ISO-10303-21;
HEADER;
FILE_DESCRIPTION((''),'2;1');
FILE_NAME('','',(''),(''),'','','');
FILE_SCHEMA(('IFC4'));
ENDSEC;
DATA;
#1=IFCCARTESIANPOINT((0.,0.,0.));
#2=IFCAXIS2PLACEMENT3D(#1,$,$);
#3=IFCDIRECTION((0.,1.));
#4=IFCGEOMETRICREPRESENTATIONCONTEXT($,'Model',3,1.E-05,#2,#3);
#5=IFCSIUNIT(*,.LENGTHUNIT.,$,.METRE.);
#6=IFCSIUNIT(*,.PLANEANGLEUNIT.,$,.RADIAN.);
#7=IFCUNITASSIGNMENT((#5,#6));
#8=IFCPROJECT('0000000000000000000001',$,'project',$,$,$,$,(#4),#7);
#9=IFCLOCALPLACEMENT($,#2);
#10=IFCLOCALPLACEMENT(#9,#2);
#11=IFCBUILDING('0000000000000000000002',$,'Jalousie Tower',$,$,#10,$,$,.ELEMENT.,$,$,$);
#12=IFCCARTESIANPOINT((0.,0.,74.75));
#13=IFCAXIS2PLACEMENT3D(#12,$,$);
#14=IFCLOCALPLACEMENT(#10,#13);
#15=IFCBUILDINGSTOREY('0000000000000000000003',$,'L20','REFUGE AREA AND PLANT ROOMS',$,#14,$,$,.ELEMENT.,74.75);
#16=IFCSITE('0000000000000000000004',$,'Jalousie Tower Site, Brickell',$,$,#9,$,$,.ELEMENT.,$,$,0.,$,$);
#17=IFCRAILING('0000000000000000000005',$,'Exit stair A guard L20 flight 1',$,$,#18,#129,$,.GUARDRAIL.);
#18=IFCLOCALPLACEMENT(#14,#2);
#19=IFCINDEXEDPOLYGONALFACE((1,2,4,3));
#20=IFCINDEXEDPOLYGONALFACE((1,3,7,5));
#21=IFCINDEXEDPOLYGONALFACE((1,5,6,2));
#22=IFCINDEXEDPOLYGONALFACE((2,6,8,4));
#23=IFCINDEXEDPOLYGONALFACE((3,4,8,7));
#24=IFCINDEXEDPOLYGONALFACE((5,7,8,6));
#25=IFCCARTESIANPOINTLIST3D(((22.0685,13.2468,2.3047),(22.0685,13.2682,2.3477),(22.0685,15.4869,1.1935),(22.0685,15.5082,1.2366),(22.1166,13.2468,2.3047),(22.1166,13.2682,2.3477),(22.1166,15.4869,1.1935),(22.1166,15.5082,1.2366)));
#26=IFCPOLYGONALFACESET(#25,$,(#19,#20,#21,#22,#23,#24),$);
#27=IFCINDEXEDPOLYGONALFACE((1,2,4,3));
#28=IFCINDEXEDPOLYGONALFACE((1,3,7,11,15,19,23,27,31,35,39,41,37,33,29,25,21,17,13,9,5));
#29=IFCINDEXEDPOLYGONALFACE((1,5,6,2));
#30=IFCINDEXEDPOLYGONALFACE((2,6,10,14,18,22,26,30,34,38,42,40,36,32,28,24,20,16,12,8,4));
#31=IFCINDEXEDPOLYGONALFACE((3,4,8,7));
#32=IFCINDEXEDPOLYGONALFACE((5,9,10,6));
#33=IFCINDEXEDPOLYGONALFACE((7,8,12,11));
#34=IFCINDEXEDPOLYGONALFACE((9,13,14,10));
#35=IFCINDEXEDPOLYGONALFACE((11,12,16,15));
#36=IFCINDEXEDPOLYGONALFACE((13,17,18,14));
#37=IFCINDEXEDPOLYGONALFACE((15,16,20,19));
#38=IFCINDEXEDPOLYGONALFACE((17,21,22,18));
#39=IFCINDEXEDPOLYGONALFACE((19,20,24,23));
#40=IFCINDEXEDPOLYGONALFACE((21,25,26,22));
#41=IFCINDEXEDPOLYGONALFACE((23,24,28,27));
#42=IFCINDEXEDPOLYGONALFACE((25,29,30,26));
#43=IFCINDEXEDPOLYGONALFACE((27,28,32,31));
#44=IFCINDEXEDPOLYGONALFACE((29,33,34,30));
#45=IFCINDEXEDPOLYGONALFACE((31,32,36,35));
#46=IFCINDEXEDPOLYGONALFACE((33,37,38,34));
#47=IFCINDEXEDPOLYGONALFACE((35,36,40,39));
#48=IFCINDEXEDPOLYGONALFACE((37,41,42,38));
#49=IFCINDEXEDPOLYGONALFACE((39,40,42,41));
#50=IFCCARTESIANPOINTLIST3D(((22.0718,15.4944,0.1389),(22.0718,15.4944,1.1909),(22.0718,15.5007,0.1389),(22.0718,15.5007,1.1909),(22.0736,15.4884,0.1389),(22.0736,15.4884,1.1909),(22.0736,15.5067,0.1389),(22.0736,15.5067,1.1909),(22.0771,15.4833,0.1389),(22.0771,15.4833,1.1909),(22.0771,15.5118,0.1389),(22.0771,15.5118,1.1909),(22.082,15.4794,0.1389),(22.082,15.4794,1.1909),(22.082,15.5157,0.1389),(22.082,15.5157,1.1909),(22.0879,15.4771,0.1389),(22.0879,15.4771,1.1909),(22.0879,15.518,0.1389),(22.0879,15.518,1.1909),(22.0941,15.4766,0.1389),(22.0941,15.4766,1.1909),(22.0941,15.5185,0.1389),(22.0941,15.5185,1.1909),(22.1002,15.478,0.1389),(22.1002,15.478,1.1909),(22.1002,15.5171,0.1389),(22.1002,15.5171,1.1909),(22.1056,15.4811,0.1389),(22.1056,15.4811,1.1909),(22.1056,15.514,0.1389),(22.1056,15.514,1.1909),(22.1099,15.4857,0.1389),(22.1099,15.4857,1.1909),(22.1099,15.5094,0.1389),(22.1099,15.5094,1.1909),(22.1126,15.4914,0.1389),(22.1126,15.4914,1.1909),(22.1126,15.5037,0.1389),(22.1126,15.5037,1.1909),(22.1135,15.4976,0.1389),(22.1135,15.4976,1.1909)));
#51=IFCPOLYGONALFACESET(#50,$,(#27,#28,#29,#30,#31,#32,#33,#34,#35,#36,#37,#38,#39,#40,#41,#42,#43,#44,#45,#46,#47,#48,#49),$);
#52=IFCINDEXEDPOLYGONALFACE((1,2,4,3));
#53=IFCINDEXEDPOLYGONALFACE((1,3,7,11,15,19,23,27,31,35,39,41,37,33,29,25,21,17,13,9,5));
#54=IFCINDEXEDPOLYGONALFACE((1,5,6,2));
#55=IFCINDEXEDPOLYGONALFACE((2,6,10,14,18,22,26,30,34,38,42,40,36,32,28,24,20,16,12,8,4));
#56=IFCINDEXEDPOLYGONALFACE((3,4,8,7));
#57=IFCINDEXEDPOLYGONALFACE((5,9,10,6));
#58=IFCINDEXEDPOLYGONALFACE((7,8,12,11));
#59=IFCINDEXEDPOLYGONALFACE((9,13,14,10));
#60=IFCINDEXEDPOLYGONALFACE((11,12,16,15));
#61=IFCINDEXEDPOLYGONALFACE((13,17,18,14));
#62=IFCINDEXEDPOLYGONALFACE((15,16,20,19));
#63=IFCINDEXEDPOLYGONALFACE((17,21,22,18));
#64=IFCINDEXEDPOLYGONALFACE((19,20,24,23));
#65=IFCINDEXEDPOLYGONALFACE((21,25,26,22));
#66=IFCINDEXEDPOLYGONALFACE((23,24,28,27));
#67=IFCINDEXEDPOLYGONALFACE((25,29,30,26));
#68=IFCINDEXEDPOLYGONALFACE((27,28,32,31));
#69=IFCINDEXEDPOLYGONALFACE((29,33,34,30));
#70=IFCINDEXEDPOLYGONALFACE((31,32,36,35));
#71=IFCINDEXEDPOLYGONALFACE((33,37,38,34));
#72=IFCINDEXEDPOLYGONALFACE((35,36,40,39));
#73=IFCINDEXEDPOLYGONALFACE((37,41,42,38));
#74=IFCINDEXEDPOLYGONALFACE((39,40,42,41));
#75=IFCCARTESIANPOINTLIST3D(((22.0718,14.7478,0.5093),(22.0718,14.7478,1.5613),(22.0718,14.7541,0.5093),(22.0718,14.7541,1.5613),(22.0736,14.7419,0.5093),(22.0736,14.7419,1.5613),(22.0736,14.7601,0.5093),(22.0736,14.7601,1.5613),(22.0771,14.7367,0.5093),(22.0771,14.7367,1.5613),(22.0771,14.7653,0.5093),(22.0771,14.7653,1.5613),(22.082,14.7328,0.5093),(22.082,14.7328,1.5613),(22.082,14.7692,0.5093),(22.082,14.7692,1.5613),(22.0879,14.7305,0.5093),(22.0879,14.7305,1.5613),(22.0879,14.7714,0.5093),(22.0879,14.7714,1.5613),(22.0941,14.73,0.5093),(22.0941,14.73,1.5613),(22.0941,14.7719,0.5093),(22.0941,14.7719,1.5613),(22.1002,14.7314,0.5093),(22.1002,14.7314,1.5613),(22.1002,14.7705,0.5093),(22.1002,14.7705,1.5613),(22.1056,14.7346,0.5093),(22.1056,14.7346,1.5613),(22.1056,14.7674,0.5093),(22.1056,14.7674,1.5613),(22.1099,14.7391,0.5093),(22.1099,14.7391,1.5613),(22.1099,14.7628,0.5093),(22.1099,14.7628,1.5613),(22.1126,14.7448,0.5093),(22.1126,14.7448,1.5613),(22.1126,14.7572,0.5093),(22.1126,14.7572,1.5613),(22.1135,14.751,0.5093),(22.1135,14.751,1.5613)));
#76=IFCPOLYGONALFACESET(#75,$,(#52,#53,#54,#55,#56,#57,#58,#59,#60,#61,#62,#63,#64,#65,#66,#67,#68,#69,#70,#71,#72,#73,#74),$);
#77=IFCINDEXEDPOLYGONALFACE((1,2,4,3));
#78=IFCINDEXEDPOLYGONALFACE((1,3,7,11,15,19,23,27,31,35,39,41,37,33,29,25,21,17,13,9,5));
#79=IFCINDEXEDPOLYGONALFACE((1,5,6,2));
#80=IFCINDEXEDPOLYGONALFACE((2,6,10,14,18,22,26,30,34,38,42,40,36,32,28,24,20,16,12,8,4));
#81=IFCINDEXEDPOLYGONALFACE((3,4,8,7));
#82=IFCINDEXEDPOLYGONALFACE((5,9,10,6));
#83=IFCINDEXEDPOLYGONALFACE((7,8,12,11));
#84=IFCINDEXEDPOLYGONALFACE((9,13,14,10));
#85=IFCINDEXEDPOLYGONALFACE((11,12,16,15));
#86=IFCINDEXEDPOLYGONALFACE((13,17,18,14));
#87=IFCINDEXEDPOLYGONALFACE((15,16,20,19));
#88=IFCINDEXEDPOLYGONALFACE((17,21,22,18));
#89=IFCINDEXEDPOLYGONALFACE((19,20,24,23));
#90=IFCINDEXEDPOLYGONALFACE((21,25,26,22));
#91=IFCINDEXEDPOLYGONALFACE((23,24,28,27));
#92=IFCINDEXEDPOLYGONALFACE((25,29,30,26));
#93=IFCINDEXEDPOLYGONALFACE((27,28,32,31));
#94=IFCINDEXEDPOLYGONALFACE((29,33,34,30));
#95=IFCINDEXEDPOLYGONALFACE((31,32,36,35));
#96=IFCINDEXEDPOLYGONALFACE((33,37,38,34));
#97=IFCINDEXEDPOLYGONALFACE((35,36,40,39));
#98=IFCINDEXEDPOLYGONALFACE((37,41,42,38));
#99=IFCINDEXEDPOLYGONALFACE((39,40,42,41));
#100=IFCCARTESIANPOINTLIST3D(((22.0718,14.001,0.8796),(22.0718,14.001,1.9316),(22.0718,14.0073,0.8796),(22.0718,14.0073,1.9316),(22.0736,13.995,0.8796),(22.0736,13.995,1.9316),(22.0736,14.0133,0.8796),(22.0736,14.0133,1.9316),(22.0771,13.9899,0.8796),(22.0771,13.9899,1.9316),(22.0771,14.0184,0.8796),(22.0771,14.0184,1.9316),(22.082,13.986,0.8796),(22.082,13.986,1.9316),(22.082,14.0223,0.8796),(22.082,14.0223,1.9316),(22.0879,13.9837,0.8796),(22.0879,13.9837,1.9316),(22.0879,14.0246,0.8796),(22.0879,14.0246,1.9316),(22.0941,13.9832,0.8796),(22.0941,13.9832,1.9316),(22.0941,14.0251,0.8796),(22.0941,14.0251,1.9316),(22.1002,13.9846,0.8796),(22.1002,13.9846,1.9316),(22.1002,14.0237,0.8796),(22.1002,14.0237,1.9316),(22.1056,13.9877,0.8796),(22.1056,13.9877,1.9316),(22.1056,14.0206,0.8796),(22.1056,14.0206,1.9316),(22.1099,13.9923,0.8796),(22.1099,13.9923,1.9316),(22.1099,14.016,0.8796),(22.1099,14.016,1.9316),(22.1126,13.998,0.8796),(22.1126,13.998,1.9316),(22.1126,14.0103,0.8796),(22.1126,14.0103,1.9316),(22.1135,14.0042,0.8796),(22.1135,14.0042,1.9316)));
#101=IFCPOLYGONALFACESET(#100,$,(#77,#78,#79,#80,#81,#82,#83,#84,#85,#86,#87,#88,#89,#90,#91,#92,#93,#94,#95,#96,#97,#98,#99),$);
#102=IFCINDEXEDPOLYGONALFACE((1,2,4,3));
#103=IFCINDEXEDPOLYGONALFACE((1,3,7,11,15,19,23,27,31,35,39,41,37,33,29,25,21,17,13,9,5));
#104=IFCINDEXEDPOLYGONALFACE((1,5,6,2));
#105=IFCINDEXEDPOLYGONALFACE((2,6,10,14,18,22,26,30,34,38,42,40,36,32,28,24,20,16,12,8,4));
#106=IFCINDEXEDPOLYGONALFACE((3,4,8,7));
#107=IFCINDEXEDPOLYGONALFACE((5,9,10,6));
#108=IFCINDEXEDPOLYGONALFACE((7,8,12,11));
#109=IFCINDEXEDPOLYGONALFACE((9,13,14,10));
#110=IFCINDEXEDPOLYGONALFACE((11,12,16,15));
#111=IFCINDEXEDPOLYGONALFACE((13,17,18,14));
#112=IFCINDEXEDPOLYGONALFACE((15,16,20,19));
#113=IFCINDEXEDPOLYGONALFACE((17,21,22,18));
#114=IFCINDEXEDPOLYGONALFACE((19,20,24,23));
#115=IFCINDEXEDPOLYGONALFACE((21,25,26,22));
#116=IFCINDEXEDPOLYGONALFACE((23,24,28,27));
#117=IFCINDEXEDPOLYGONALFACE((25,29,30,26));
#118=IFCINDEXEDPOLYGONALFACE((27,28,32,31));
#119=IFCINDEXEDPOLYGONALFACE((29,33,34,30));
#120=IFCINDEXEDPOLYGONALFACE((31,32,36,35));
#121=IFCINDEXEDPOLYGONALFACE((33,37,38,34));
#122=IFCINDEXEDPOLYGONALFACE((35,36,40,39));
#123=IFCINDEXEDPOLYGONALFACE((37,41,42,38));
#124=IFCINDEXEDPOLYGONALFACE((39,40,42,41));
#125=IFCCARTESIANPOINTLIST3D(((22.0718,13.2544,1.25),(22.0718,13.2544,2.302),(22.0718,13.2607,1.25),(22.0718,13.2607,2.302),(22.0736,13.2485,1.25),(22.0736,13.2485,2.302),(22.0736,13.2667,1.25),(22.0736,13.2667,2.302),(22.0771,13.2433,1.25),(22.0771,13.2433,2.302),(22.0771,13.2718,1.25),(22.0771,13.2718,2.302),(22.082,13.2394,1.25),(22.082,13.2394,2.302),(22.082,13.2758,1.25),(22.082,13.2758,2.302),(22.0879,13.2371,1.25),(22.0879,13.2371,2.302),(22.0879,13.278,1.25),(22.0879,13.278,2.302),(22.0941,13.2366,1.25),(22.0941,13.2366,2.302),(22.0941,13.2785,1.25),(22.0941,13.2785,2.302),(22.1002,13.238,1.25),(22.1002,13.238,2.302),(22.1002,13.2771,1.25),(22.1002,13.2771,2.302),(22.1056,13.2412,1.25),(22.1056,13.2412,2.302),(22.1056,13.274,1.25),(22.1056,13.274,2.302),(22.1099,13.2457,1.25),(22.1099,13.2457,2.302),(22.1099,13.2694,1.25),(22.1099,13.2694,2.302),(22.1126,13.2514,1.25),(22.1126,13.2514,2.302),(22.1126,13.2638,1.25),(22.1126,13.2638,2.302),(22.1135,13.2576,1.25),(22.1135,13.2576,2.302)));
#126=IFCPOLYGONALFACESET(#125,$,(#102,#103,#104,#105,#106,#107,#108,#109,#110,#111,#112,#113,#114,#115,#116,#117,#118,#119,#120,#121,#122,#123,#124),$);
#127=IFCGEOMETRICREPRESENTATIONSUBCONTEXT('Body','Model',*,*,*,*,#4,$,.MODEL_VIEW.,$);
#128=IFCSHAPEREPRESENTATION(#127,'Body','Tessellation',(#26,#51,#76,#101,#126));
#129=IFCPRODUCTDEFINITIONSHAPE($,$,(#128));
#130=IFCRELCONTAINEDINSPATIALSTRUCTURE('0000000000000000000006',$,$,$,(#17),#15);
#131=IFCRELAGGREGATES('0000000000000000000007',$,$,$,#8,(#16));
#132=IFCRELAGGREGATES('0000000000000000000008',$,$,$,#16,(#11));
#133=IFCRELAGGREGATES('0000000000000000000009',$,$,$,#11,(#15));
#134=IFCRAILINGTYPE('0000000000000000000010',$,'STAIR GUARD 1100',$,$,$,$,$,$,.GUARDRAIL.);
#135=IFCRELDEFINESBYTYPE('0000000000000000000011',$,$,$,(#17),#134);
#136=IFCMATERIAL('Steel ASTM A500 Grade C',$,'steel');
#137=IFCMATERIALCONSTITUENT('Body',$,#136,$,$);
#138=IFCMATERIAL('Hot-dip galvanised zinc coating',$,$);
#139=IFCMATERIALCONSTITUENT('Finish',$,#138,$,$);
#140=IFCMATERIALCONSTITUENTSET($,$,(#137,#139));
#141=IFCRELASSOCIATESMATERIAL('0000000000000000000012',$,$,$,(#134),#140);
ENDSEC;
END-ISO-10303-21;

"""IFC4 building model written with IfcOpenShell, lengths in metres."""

from ifc_helpers import new_model, si_unit, direction, frame, origin, origin_2d, place, context, subcontext, project, spatial, rectangle, circle, extrude, material, constituent, constituent_set, type_object, element, save


model = new_model("IFC4")

# Units and contexts
model_context = context("Model", 3, precision=1e-05, world=origin(), true_north=direction((0.0, 1.0)))
body_context = subcontext(model_context, "Body", "Model", "MODEL_VIEW")
ifc_project = project(units=[si_unit("LENGTHUNIT", "METRE"), si_unit("PLANEANGLEUNIT", "RADIAN")], contexts=[model_context])

# Site, building, storey
site_placement = place(None, origin())
site = spatial("IfcSite", under=ifc_project, at=site_placement, Name="Jalousie Tower Site, Brickell", CompositionType="ELEMENT", RefElevation=0.0)
building_placement = place(site_placement, origin())
building = spatial("IfcBuilding", under=site, at=building_placement, Name="Jalousie Tower", CompositionType="ELEMENT")
storey_placement = place(building_placement, frame((0.0, 0.0, 74.75)))
storey = spatial("IfcBuildingStorey", under=building, at=storey_placement, Name="L20", Description="REFUGE AREA AND PLANT ROOMS", CompositionType="ELEMENT", Elevation=74.75)

# Railing
ifc_material_1 = material(Name="Steel ASTM A500 Grade C", Category="steel")
ifc_constituent_1 = constituent(ifc_material_1, Name="Body")
ifc_material_2 = material(Name="Hot-dip galvanised zinc coating")
ifc_constituent_2 = constituent(ifc_material_2, Name="Finish")
ifc_constituent_set_1 = constituent_set(constituents=[ifc_constituent_1, ifc_constituent_2])
railing_type_1 = type_object("IfcRailingType", Name="STAIR GUARD 1100", PredefinedType="GUARDRAIL", material=ifc_constituent_set_1)
railing_1_placement = place(storey_placement, frame((22.0925, 15.4976, 0.1389)))
element("IfcRailing", 1, at=railing_1_placement, inside=storey, type_object=railing_type_1, Name="Exit stair A guard L20 flight 1", PredefinedType="GUARDRAIL", context=body_context, shape_type="SweptSolid", body=[
    extrude(rectangle(XDim=0.0481, YDim=0.0481, at=origin_2d()), frame((0.0, 0.0, 1.0762), z_axis=(0.0, -0.895848, 0.44436), x_axis=(1.0, 0.0, 0.0)), (0.0, 0.0, 1.0), 2.5005),
    extrude(circle(Radius=0.021, at=origin_2d()), origin(), (0.0, 0.0, 1.0), 1.052),
    extrude(circle(Radius=0.021, at=origin_2d()), frame((0.0, -0.7466, 0.3704)), (0.0, 0.0, 1.0), 1.052),
    extrude(circle(Radius=0.021, at=origin_2d()), frame((0.0, -1.4934, 0.7407)), (0.0, 0.0, 1.0), 1.052),
    extrude(circle(Radius=0.021, at=origin_2d()), frame((0.0, -2.24, 1.1111)), (0.0, 0.0, 1.0), 1.052),
])

save(model, "model.ifc")
